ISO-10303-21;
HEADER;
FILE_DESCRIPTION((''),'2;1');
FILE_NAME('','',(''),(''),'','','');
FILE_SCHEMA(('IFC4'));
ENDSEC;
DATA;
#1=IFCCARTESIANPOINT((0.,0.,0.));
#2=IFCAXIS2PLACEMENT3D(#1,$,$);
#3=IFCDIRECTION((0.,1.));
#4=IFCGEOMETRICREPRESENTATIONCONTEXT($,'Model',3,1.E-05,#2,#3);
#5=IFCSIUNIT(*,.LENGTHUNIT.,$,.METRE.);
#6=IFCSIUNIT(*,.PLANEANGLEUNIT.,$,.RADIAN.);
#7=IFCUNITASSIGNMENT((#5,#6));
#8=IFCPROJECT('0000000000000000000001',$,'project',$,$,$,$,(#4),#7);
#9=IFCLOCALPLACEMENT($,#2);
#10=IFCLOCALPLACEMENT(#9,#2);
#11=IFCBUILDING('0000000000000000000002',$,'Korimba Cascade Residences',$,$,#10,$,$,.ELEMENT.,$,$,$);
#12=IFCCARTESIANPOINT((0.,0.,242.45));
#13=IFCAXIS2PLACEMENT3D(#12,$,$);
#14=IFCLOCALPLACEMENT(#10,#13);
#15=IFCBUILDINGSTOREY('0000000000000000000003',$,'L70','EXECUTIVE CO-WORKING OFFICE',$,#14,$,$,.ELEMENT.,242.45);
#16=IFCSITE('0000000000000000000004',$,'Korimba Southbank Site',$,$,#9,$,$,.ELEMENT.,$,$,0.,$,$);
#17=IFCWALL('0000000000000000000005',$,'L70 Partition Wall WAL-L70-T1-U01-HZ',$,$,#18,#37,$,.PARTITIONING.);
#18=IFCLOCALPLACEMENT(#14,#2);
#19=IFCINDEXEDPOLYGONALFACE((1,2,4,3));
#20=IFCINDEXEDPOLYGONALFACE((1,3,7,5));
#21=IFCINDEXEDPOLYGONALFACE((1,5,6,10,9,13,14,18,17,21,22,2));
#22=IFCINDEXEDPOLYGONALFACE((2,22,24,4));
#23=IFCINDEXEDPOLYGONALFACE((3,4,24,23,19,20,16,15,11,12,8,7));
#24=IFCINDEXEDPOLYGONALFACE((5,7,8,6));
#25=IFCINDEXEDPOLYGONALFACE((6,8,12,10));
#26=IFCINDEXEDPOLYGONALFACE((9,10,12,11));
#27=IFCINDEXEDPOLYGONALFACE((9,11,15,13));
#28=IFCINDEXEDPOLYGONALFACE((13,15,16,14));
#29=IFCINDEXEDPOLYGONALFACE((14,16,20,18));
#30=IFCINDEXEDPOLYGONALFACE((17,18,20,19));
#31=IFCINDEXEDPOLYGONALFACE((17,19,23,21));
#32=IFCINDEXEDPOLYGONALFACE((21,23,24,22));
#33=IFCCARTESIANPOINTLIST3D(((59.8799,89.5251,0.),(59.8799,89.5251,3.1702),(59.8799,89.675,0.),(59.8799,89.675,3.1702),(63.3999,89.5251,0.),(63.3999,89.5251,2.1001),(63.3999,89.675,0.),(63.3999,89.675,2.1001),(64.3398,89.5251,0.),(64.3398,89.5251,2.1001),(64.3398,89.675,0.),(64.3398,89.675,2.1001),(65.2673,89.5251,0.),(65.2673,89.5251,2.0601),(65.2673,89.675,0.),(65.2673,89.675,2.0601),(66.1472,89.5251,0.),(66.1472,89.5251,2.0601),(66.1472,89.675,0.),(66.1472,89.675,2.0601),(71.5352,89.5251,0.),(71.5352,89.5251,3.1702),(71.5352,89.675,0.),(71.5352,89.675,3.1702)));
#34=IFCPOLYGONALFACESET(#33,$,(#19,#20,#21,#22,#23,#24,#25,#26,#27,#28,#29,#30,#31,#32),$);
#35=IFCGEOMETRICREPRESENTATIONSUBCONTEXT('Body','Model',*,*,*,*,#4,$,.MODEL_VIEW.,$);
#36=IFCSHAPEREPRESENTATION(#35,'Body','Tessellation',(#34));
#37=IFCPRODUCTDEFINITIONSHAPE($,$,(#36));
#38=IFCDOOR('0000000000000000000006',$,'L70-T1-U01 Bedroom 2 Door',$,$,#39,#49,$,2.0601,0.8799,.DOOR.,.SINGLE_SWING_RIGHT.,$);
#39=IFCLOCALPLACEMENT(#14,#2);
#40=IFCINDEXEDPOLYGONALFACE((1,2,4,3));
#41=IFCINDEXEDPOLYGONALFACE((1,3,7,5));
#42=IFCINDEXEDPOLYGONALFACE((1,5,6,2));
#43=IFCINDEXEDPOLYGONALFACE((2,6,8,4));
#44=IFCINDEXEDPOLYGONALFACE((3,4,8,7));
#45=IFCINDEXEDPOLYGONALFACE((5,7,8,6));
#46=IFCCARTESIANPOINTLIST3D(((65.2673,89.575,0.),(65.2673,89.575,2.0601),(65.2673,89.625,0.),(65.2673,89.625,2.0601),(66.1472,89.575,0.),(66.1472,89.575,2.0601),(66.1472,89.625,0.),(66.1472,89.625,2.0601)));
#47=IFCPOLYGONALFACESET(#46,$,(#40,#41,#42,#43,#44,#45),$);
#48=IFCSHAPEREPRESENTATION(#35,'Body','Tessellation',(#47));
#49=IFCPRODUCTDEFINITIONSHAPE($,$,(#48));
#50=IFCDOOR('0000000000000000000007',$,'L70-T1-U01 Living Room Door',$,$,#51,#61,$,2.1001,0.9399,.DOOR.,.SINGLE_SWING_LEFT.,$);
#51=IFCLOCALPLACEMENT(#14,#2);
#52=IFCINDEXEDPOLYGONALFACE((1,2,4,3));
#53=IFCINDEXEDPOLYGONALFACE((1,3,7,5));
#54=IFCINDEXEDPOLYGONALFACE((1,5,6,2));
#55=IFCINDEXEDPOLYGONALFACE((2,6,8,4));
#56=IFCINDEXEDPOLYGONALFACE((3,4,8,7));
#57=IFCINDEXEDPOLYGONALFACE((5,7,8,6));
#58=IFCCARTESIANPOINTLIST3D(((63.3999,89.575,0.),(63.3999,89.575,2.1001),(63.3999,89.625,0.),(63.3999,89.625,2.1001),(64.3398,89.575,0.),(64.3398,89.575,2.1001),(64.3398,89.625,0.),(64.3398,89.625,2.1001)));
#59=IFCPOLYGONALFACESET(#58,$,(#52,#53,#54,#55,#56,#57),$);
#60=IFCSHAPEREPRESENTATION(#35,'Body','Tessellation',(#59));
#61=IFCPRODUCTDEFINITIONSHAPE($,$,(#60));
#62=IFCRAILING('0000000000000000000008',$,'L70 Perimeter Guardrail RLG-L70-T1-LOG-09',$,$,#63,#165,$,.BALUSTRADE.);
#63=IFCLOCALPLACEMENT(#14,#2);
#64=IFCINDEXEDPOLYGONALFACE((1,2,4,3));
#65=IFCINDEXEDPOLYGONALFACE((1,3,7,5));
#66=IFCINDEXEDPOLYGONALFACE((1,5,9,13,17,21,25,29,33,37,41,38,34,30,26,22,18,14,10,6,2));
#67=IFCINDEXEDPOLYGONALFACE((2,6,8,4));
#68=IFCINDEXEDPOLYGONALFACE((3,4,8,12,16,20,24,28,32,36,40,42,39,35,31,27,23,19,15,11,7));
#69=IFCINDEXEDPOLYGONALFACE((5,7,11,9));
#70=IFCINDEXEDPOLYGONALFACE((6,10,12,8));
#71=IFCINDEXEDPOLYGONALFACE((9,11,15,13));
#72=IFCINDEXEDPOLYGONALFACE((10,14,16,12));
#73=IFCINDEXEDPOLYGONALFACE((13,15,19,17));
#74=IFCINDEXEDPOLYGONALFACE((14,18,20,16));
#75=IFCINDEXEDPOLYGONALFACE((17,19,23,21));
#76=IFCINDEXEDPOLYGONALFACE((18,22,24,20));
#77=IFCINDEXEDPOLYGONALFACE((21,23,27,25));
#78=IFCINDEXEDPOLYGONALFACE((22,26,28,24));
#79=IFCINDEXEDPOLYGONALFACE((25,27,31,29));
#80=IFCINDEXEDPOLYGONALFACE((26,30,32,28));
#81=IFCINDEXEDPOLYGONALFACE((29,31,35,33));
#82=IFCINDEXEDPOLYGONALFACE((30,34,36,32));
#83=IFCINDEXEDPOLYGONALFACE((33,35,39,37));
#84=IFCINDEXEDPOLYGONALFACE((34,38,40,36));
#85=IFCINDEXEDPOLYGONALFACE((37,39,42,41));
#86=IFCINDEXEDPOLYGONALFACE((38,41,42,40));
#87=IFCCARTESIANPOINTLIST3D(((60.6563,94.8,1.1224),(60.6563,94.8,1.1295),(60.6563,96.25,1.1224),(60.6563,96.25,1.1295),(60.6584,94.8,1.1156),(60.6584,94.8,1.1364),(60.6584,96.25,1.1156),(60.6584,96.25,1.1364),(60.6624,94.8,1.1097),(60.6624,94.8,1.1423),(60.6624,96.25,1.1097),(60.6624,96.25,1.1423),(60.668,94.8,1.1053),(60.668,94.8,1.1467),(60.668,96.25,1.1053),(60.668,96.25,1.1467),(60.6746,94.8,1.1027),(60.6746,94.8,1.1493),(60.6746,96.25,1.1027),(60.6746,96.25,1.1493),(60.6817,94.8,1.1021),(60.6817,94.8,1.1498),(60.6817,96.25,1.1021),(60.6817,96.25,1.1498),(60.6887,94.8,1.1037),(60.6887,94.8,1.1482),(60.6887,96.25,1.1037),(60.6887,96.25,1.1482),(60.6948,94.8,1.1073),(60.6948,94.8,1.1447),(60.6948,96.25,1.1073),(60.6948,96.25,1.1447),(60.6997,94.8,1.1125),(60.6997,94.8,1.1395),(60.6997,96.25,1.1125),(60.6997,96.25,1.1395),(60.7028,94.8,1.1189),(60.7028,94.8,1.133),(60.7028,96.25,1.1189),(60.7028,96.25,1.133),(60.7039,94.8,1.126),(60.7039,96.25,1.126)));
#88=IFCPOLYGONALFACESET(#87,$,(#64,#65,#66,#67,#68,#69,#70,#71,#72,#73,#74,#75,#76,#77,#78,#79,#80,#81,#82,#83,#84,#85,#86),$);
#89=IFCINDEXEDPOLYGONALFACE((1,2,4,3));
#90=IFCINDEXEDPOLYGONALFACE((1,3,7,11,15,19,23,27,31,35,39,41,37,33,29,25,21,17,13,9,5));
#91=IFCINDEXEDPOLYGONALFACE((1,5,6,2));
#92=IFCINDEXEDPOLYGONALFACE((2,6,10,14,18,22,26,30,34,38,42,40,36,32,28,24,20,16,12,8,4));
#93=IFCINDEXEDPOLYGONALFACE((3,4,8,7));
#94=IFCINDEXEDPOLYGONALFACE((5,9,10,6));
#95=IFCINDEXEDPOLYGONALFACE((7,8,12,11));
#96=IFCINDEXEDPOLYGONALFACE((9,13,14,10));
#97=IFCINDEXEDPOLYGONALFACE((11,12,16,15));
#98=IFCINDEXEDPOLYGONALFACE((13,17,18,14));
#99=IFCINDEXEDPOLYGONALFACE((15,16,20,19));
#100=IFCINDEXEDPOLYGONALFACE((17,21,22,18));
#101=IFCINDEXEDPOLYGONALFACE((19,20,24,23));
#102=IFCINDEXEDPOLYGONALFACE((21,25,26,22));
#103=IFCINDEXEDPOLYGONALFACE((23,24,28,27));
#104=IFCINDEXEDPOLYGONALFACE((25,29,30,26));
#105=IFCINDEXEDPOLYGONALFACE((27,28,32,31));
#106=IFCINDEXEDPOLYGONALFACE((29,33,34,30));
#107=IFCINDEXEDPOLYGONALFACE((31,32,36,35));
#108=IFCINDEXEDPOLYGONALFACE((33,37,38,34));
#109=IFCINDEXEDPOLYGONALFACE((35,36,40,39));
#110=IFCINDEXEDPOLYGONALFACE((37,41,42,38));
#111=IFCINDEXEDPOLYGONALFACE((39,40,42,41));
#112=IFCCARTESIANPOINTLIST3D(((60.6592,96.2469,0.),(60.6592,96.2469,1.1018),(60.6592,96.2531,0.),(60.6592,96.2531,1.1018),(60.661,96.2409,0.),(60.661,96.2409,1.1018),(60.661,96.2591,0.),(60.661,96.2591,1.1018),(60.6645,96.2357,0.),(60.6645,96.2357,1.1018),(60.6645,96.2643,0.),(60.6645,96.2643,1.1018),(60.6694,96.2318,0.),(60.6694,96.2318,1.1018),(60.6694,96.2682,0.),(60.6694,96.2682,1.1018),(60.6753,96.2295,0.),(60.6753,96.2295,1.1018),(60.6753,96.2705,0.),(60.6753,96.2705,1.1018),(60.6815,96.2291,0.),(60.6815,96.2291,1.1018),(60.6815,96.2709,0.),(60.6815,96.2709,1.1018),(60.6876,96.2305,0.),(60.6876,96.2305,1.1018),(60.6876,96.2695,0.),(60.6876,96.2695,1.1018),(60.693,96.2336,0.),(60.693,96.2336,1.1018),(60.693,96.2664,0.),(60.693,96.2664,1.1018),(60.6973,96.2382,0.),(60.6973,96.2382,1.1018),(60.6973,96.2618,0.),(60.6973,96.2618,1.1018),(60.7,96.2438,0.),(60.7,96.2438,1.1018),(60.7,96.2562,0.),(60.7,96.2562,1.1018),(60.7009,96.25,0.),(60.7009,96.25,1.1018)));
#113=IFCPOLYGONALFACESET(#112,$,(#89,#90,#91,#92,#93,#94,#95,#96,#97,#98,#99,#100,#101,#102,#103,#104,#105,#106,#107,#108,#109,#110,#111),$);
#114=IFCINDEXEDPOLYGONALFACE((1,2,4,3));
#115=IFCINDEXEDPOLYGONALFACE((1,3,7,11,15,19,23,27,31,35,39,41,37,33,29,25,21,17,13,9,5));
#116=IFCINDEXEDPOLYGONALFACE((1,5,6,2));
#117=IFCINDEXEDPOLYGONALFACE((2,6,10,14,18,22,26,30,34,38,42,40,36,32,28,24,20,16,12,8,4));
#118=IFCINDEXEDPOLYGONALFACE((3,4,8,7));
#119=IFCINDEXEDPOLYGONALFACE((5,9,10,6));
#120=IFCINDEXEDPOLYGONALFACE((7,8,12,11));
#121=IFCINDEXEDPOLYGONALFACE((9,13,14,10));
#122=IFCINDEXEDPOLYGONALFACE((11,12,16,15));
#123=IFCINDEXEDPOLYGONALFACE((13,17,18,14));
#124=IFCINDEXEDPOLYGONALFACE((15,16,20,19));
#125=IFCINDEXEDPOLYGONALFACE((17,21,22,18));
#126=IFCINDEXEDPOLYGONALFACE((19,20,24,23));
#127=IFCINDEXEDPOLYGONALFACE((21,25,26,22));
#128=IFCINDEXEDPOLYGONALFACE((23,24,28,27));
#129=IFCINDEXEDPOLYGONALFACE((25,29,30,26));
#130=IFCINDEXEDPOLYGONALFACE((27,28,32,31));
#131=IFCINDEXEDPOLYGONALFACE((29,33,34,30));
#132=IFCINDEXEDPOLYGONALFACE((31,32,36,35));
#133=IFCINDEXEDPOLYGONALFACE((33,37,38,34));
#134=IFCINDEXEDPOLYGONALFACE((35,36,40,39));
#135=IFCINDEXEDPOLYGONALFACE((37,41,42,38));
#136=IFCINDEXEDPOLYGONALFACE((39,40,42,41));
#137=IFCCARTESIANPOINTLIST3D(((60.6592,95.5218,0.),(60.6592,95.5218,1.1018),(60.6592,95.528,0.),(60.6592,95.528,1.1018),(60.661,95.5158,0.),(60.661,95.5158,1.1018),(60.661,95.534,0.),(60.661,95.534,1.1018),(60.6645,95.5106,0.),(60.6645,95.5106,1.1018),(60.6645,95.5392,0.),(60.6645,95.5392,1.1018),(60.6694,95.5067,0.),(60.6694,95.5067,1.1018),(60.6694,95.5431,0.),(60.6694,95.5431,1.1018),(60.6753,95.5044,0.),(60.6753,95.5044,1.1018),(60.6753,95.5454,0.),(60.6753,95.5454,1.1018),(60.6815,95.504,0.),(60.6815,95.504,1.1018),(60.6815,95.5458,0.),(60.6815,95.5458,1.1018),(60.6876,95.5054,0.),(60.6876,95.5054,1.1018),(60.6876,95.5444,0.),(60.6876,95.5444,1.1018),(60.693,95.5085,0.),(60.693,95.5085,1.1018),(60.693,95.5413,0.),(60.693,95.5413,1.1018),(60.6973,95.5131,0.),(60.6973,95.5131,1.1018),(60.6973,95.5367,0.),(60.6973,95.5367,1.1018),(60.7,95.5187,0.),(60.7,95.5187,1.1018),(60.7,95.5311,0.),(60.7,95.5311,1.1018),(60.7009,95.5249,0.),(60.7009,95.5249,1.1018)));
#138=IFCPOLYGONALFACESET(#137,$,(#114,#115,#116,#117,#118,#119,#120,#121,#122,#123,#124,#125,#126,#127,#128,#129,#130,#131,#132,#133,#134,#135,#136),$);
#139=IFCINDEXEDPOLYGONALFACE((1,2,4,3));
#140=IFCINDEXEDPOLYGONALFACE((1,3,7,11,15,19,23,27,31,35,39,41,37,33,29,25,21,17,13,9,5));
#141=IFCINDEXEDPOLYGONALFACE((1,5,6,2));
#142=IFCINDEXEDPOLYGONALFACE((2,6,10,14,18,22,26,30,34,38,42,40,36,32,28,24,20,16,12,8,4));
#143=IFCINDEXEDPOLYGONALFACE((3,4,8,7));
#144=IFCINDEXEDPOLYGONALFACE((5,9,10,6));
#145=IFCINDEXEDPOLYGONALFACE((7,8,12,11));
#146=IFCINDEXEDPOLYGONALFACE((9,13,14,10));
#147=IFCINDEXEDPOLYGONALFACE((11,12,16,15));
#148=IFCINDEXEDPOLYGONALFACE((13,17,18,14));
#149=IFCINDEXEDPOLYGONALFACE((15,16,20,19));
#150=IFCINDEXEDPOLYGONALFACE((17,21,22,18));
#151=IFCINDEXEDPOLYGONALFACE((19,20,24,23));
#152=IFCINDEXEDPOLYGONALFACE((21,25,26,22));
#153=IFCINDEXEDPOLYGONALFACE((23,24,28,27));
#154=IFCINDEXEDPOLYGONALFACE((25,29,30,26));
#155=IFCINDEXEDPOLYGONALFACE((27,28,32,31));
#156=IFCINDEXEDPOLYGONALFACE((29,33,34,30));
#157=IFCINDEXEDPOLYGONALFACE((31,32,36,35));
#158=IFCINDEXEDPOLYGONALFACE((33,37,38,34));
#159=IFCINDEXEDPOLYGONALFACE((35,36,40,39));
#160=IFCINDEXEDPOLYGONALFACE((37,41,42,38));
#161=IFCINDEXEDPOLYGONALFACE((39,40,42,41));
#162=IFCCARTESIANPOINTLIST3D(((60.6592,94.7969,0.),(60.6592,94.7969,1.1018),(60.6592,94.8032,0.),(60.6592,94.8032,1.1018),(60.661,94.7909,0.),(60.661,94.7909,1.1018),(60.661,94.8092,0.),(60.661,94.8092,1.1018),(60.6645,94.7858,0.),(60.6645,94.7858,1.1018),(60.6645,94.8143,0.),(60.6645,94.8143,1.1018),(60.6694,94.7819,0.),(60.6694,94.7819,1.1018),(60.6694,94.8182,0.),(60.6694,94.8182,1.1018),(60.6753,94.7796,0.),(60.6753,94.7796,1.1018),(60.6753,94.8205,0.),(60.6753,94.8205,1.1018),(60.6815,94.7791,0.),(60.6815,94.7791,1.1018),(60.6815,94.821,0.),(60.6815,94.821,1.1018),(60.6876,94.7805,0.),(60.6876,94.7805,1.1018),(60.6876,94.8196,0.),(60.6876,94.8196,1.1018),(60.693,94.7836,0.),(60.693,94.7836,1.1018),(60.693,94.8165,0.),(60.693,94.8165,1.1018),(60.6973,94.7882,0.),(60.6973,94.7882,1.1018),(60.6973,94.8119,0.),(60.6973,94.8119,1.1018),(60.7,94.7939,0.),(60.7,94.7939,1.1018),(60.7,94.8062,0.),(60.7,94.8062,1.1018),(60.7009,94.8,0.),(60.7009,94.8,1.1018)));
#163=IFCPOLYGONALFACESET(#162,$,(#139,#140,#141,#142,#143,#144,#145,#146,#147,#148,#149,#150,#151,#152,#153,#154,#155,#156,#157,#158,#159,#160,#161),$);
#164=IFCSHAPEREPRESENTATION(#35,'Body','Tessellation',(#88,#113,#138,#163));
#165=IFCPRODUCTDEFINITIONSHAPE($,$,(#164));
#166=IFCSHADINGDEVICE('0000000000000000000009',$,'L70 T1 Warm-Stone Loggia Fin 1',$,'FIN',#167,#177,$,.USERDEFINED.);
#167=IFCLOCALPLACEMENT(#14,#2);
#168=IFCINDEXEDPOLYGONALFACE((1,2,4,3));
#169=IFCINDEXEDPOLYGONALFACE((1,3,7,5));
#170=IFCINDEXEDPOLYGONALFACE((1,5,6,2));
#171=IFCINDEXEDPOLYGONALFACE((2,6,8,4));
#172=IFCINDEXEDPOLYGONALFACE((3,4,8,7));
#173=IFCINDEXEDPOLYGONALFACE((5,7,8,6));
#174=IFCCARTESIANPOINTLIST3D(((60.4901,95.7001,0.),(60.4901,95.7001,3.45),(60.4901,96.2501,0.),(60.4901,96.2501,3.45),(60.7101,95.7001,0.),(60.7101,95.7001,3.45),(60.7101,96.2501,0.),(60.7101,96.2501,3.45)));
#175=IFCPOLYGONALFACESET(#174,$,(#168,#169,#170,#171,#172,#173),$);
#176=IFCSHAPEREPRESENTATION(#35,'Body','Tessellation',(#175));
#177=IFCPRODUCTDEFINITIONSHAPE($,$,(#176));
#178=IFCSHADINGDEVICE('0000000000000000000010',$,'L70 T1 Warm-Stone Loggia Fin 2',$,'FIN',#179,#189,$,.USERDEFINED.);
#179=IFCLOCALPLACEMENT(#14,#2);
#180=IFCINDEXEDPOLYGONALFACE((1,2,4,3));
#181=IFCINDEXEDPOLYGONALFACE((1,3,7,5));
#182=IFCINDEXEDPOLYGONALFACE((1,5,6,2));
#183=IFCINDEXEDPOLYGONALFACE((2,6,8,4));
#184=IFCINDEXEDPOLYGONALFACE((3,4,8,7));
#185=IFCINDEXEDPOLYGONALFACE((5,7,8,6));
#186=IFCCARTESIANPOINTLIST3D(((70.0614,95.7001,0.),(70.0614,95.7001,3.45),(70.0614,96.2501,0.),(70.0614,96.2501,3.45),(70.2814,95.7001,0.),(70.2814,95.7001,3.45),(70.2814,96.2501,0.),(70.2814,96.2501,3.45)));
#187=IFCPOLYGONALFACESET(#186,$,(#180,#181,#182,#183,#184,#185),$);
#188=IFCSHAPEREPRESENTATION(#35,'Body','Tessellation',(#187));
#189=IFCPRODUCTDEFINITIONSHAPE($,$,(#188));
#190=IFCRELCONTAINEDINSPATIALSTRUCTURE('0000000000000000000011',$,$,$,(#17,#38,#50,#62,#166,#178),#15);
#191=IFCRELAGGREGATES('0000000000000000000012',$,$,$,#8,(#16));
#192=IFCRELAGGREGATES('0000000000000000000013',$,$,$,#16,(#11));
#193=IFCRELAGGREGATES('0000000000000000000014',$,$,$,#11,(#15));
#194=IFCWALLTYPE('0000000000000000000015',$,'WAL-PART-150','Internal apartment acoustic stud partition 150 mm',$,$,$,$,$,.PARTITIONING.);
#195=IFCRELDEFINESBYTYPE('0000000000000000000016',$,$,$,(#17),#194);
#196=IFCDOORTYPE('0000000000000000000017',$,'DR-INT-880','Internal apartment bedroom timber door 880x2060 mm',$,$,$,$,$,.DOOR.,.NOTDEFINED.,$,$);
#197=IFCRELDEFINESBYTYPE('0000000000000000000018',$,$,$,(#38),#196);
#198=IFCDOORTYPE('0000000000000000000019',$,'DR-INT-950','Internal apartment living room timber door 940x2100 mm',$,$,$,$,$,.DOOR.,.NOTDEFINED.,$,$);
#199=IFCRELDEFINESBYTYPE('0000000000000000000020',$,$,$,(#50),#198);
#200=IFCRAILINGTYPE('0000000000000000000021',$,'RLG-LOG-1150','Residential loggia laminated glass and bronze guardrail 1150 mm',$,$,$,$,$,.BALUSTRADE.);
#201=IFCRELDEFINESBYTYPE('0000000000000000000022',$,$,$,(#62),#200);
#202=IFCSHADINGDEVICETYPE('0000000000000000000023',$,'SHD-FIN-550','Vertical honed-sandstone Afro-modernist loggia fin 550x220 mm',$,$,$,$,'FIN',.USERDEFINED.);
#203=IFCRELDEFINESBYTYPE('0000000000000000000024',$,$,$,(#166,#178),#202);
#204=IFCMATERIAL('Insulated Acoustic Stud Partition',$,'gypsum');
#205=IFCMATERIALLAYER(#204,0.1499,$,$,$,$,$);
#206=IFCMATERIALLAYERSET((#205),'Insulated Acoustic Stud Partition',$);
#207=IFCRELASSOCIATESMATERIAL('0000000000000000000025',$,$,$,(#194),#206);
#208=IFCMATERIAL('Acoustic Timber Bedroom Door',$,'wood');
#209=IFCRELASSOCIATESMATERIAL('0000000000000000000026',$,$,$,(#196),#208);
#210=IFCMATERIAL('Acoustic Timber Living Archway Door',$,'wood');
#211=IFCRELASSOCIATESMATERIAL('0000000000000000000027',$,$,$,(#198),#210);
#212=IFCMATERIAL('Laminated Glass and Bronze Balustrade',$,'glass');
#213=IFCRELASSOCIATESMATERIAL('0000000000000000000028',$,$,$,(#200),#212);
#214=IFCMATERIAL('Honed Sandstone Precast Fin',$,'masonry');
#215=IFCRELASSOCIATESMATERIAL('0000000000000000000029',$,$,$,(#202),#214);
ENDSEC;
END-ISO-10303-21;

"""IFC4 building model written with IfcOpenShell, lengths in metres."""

from ifc_helpers import new_model, si_unit, direction, frame, frame_2d, origin, origin_2d, place, context, subcontext, project, spatial, rectangle, circle, extrude, material, layer, layer_set, type_object, element, fill, save


model = new_model("IFC4")

# Units and contexts
model_context = context("Model", 3, precision=1e-05, world=origin(), true_north=direction((0.0, 1.0)))
body_context = subcontext(model_context, "Body", "Model", "MODEL_VIEW")
ifc_project = project(units=[si_unit("LENGTHUNIT", "METRE"), si_unit("PLANEANGLEUNIT", "RADIAN")], contexts=[model_context])

# Site, building, storey
site_placement = place(None, origin())
site = spatial("IfcSite", under=ifc_project, at=site_placement, Name="Korimba Southbank Site", CompositionType="ELEMENT", RefElevation=0.0)
building_placement = place(site_placement, origin())
building = spatial("IfcBuilding", under=site, at=building_placement, Name="Korimba Cascade Residences", CompositionType="ELEMENT")
storey_placement = place(building_placement, frame((0.0, 0.0, 242.45)))
storey = spatial("IfcBuildingStorey", under=building, at=storey_placement, Name="L70", Description="EXECUTIVE CO-WORKING OFFICE", CompositionType="ELEMENT", Elevation=242.45)

# Shared definitions
ifc_material_1 = material(Name="Insulated Acoustic Stud Partition", Category="gypsum")
ifc_layer_1 = layer(ifc_material_1, 0.1499)
ifc_layer_set_1 = layer_set([ifc_layer_1], Name="Insulated Acoustic Stud Partition")
wall_type_1 = type_object("IfcWallType", Name="WAL-PART-150", Description="Internal apartment acoustic stud partition 150 mm", PredefinedType="PARTITIONING", material=ifc_layer_set_1)

# Wall, openings, doors
wall_1_placement = place(storey_placement, frame((59.8799, 89.6001, 0.0), z_axis=(0.0, 0.0, 1.0), x_axis=(1.0, 0.0, 0.0)))
wall_1 = element("IfcWall", 1, at=wall_1_placement, inside=storey, type_object=wall_type_1, Name="L70 Partition Wall WAL-L70-T1-U01-HZ", PredefinedType="PARTITIONING", context=body_context, shape_type="SweptSolid", body=[
    extrude(rectangle(XDim=11.6553, YDim=0.1499, at=frame_2d((5.8276, 0.0))), origin(), (0.0, 0.0, 1.0), 3.1702),
])
opening_1_placement = place(wall_1_placement, frame((3.52, 0.0, 0.0)))
opening_1 = element("IfcOpeningElement", 2, at=opening_1_placement, cuts=wall_1, PredefinedType="OPENING", context=body_context, shape_type="SweptSolid", body=[
    extrude(rectangle(XDim=0.9399, YDim=2.1001, at=frame_2d((0.47, 1.05))), frame((0.0, 0.085, 0.0), z_axis=(0.0, -1.0, 0.0), x_axis=(1.0, 0.0, 0.0)), (0.0, 0.0, 1.0), 0.1699),
])
opening_2_placement = place(wall_1_placement, frame((5.3875, 0.0, 0.0)))
opening_2 = element("IfcOpeningElement", 3, at=opening_2_placement, cuts=wall_1, PredefinedType="OPENING", context=body_context, shape_type="SweptSolid", body=[
    extrude(rectangle(XDim=0.8799, YDim=2.0601, at=frame_2d((0.4399, 1.03))), frame((0.0, 0.085, 0.0), z_axis=(0.0, -1.0, 0.0), x_axis=(1.0, 0.0, 0.0)), (0.0, 0.0, 1.0), 0.1699),
])
ifc_material_2 = material(Name="Acoustic Timber Bedroom Door", Category="wood")
door_type_1 = type_object("IfcDoorType", Name="DR-INT-880", Description="Internal apartment bedroom timber door 880x2060 mm", OperationType="NOTDEFINED", PredefinedType="DOOR", material=ifc_material_2)
door_1_placement = place(opening_2_placement, origin())
door_1 = element("IfcDoor", 4, at=door_1_placement, inside=storey, type_object=door_type_1, Name="L70-T1-U01 Bedroom 2 Door", OperationType="SINGLE_SWING_RIGHT", OverallHeight=2.0601, OverallWidth=0.8799, PredefinedType="DOOR", context=body_context, shape_type="SweptSolid", body=[
    extrude(rectangle(XDim=0.8799, YDim=2.0601, at=frame_2d((0.4399, 1.03))), frame((0.0, 0.0249, 0.0), z_axis=(0.0, -1.0, 0.0), x_axis=(1.0, 0.0, 0.0)), (0.0, 0.0, 1.0), 0.05),
])
fill(opening_2, door_1)
ifc_material_3 = material(Name="Acoustic Timber Living Archway Door", Category="wood")
door_type_2 = type_object("IfcDoorType", Name="DR-INT-950", Description="Internal apartment living room timber door 940x2100 mm", OperationType="NOTDEFINED", PredefinedType="DOOR", material=ifc_material_3)
door_2_placement = place(opening_1_placement, origin())
door_2 = element("IfcDoor", 5, at=door_2_placement, inside=storey, type_object=door_type_2, Name="L70-T1-U01 Living Room Door", OperationType="SINGLE_SWING_LEFT", OverallHeight=2.1001, OverallWidth=0.9399, PredefinedType="DOOR", context=body_context, shape_type="SweptSolid", body=[
    extrude(rectangle(XDim=0.9399, YDim=2.1001, at=frame_2d((0.47, 1.05))), frame((0.0, 0.0249, 0.0), z_axis=(0.0, -1.0, 0.0), x_axis=(1.0, 0.0, 0.0)), (0.0, 0.0, 1.0), 0.05),
])
fill(opening_1, door_2)

# Railing
ifc_material_4 = material(Name="Laminated Glass and Bronze Balustrade", Category="glass")
railing_type = type_object("IfcRailingType", Name="RLG-LOG-1150", Description="Residential loggia laminated glass and bronze guardrail 1150 mm", PredefinedType="BALUSTRADE", material=ifc_material_4)
railing_placement = place(storey_placement, frame((60.6799, 96.25, 0.0)))
element("IfcRailing", 6, at=railing_placement, inside=storey, type_object=railing_type, Name="L70 Perimeter Guardrail RLG-L70-T1-LOG-09", PredefinedType="BALUSTRADE", context=body_context, shape_type="SweptSolid", body=[
    extrude(circle(Radius=0.0239, at=origin_2d()), frame((0.0, 0.0, 1.126), z_axis=(0.0, -1.0, 0.0), x_axis=(1.0, 0.0, 0.0)), (0.0, 0.0, 1.0), 1.45),
    extrude(circle(Radius=0.021, at=origin_2d()), origin(), (0.0, 0.0, 1.0), 1.1018),
    extrude(circle(Radius=0.021, at=origin_2d()), frame((0.0, -0.7251, 0.0)), (0.0, 0.0, 1.0), 1.1018),
    extrude(circle(Radius=0.021, at=origin_2d()), frame((0.0, -1.45, 0.0)), (0.0, 0.0, 1.0), 1.1018),
])

# Shading devices
ifc_material_5 = material(Name="Honed Sandstone Precast Fin", Category="masonry")
shading_device_type = type_object("IfcShadingDeviceType", Name="SHD-FIN-550", Description="Vertical honed-sandstone Afro-modernist loggia fin 550x220 mm", ElementType="FIN", PredefinedType="USERDEFINED", material=ifc_material_5)
for number, where, z_axis, x_axis, name in (
    (7, (60.6001, 95.9751, 0.0), (0.0, 0.0, 1.0), (1.0, 0.0, 0.0), "L70 T1 Warm-Stone Loggia Fin 1"),
    (8, (70.1714, 95.9751, 0.0), (0.0, 0.0, 1.0), (1.0, 0.0, 0.0), "L70 T1 Warm-Stone Loggia Fin 2"),
):
    element("IfcShadingDevice", number, at=place(storey_placement, frame(where, z_axis=z_axis, x_axis=x_axis)), inside=storey, type_object=shading_device_type, Name=name, ObjectType="FIN", PredefinedType="USERDEFINED", context=body_context, shape_type="SweptSolid", body=[
        extrude(rectangle(XDim=0.22, YDim=0.55, at=origin_2d()), origin(), (0.0, 0.0, 1.0), 3.45),
    ])

save(model, "model.ifc")
